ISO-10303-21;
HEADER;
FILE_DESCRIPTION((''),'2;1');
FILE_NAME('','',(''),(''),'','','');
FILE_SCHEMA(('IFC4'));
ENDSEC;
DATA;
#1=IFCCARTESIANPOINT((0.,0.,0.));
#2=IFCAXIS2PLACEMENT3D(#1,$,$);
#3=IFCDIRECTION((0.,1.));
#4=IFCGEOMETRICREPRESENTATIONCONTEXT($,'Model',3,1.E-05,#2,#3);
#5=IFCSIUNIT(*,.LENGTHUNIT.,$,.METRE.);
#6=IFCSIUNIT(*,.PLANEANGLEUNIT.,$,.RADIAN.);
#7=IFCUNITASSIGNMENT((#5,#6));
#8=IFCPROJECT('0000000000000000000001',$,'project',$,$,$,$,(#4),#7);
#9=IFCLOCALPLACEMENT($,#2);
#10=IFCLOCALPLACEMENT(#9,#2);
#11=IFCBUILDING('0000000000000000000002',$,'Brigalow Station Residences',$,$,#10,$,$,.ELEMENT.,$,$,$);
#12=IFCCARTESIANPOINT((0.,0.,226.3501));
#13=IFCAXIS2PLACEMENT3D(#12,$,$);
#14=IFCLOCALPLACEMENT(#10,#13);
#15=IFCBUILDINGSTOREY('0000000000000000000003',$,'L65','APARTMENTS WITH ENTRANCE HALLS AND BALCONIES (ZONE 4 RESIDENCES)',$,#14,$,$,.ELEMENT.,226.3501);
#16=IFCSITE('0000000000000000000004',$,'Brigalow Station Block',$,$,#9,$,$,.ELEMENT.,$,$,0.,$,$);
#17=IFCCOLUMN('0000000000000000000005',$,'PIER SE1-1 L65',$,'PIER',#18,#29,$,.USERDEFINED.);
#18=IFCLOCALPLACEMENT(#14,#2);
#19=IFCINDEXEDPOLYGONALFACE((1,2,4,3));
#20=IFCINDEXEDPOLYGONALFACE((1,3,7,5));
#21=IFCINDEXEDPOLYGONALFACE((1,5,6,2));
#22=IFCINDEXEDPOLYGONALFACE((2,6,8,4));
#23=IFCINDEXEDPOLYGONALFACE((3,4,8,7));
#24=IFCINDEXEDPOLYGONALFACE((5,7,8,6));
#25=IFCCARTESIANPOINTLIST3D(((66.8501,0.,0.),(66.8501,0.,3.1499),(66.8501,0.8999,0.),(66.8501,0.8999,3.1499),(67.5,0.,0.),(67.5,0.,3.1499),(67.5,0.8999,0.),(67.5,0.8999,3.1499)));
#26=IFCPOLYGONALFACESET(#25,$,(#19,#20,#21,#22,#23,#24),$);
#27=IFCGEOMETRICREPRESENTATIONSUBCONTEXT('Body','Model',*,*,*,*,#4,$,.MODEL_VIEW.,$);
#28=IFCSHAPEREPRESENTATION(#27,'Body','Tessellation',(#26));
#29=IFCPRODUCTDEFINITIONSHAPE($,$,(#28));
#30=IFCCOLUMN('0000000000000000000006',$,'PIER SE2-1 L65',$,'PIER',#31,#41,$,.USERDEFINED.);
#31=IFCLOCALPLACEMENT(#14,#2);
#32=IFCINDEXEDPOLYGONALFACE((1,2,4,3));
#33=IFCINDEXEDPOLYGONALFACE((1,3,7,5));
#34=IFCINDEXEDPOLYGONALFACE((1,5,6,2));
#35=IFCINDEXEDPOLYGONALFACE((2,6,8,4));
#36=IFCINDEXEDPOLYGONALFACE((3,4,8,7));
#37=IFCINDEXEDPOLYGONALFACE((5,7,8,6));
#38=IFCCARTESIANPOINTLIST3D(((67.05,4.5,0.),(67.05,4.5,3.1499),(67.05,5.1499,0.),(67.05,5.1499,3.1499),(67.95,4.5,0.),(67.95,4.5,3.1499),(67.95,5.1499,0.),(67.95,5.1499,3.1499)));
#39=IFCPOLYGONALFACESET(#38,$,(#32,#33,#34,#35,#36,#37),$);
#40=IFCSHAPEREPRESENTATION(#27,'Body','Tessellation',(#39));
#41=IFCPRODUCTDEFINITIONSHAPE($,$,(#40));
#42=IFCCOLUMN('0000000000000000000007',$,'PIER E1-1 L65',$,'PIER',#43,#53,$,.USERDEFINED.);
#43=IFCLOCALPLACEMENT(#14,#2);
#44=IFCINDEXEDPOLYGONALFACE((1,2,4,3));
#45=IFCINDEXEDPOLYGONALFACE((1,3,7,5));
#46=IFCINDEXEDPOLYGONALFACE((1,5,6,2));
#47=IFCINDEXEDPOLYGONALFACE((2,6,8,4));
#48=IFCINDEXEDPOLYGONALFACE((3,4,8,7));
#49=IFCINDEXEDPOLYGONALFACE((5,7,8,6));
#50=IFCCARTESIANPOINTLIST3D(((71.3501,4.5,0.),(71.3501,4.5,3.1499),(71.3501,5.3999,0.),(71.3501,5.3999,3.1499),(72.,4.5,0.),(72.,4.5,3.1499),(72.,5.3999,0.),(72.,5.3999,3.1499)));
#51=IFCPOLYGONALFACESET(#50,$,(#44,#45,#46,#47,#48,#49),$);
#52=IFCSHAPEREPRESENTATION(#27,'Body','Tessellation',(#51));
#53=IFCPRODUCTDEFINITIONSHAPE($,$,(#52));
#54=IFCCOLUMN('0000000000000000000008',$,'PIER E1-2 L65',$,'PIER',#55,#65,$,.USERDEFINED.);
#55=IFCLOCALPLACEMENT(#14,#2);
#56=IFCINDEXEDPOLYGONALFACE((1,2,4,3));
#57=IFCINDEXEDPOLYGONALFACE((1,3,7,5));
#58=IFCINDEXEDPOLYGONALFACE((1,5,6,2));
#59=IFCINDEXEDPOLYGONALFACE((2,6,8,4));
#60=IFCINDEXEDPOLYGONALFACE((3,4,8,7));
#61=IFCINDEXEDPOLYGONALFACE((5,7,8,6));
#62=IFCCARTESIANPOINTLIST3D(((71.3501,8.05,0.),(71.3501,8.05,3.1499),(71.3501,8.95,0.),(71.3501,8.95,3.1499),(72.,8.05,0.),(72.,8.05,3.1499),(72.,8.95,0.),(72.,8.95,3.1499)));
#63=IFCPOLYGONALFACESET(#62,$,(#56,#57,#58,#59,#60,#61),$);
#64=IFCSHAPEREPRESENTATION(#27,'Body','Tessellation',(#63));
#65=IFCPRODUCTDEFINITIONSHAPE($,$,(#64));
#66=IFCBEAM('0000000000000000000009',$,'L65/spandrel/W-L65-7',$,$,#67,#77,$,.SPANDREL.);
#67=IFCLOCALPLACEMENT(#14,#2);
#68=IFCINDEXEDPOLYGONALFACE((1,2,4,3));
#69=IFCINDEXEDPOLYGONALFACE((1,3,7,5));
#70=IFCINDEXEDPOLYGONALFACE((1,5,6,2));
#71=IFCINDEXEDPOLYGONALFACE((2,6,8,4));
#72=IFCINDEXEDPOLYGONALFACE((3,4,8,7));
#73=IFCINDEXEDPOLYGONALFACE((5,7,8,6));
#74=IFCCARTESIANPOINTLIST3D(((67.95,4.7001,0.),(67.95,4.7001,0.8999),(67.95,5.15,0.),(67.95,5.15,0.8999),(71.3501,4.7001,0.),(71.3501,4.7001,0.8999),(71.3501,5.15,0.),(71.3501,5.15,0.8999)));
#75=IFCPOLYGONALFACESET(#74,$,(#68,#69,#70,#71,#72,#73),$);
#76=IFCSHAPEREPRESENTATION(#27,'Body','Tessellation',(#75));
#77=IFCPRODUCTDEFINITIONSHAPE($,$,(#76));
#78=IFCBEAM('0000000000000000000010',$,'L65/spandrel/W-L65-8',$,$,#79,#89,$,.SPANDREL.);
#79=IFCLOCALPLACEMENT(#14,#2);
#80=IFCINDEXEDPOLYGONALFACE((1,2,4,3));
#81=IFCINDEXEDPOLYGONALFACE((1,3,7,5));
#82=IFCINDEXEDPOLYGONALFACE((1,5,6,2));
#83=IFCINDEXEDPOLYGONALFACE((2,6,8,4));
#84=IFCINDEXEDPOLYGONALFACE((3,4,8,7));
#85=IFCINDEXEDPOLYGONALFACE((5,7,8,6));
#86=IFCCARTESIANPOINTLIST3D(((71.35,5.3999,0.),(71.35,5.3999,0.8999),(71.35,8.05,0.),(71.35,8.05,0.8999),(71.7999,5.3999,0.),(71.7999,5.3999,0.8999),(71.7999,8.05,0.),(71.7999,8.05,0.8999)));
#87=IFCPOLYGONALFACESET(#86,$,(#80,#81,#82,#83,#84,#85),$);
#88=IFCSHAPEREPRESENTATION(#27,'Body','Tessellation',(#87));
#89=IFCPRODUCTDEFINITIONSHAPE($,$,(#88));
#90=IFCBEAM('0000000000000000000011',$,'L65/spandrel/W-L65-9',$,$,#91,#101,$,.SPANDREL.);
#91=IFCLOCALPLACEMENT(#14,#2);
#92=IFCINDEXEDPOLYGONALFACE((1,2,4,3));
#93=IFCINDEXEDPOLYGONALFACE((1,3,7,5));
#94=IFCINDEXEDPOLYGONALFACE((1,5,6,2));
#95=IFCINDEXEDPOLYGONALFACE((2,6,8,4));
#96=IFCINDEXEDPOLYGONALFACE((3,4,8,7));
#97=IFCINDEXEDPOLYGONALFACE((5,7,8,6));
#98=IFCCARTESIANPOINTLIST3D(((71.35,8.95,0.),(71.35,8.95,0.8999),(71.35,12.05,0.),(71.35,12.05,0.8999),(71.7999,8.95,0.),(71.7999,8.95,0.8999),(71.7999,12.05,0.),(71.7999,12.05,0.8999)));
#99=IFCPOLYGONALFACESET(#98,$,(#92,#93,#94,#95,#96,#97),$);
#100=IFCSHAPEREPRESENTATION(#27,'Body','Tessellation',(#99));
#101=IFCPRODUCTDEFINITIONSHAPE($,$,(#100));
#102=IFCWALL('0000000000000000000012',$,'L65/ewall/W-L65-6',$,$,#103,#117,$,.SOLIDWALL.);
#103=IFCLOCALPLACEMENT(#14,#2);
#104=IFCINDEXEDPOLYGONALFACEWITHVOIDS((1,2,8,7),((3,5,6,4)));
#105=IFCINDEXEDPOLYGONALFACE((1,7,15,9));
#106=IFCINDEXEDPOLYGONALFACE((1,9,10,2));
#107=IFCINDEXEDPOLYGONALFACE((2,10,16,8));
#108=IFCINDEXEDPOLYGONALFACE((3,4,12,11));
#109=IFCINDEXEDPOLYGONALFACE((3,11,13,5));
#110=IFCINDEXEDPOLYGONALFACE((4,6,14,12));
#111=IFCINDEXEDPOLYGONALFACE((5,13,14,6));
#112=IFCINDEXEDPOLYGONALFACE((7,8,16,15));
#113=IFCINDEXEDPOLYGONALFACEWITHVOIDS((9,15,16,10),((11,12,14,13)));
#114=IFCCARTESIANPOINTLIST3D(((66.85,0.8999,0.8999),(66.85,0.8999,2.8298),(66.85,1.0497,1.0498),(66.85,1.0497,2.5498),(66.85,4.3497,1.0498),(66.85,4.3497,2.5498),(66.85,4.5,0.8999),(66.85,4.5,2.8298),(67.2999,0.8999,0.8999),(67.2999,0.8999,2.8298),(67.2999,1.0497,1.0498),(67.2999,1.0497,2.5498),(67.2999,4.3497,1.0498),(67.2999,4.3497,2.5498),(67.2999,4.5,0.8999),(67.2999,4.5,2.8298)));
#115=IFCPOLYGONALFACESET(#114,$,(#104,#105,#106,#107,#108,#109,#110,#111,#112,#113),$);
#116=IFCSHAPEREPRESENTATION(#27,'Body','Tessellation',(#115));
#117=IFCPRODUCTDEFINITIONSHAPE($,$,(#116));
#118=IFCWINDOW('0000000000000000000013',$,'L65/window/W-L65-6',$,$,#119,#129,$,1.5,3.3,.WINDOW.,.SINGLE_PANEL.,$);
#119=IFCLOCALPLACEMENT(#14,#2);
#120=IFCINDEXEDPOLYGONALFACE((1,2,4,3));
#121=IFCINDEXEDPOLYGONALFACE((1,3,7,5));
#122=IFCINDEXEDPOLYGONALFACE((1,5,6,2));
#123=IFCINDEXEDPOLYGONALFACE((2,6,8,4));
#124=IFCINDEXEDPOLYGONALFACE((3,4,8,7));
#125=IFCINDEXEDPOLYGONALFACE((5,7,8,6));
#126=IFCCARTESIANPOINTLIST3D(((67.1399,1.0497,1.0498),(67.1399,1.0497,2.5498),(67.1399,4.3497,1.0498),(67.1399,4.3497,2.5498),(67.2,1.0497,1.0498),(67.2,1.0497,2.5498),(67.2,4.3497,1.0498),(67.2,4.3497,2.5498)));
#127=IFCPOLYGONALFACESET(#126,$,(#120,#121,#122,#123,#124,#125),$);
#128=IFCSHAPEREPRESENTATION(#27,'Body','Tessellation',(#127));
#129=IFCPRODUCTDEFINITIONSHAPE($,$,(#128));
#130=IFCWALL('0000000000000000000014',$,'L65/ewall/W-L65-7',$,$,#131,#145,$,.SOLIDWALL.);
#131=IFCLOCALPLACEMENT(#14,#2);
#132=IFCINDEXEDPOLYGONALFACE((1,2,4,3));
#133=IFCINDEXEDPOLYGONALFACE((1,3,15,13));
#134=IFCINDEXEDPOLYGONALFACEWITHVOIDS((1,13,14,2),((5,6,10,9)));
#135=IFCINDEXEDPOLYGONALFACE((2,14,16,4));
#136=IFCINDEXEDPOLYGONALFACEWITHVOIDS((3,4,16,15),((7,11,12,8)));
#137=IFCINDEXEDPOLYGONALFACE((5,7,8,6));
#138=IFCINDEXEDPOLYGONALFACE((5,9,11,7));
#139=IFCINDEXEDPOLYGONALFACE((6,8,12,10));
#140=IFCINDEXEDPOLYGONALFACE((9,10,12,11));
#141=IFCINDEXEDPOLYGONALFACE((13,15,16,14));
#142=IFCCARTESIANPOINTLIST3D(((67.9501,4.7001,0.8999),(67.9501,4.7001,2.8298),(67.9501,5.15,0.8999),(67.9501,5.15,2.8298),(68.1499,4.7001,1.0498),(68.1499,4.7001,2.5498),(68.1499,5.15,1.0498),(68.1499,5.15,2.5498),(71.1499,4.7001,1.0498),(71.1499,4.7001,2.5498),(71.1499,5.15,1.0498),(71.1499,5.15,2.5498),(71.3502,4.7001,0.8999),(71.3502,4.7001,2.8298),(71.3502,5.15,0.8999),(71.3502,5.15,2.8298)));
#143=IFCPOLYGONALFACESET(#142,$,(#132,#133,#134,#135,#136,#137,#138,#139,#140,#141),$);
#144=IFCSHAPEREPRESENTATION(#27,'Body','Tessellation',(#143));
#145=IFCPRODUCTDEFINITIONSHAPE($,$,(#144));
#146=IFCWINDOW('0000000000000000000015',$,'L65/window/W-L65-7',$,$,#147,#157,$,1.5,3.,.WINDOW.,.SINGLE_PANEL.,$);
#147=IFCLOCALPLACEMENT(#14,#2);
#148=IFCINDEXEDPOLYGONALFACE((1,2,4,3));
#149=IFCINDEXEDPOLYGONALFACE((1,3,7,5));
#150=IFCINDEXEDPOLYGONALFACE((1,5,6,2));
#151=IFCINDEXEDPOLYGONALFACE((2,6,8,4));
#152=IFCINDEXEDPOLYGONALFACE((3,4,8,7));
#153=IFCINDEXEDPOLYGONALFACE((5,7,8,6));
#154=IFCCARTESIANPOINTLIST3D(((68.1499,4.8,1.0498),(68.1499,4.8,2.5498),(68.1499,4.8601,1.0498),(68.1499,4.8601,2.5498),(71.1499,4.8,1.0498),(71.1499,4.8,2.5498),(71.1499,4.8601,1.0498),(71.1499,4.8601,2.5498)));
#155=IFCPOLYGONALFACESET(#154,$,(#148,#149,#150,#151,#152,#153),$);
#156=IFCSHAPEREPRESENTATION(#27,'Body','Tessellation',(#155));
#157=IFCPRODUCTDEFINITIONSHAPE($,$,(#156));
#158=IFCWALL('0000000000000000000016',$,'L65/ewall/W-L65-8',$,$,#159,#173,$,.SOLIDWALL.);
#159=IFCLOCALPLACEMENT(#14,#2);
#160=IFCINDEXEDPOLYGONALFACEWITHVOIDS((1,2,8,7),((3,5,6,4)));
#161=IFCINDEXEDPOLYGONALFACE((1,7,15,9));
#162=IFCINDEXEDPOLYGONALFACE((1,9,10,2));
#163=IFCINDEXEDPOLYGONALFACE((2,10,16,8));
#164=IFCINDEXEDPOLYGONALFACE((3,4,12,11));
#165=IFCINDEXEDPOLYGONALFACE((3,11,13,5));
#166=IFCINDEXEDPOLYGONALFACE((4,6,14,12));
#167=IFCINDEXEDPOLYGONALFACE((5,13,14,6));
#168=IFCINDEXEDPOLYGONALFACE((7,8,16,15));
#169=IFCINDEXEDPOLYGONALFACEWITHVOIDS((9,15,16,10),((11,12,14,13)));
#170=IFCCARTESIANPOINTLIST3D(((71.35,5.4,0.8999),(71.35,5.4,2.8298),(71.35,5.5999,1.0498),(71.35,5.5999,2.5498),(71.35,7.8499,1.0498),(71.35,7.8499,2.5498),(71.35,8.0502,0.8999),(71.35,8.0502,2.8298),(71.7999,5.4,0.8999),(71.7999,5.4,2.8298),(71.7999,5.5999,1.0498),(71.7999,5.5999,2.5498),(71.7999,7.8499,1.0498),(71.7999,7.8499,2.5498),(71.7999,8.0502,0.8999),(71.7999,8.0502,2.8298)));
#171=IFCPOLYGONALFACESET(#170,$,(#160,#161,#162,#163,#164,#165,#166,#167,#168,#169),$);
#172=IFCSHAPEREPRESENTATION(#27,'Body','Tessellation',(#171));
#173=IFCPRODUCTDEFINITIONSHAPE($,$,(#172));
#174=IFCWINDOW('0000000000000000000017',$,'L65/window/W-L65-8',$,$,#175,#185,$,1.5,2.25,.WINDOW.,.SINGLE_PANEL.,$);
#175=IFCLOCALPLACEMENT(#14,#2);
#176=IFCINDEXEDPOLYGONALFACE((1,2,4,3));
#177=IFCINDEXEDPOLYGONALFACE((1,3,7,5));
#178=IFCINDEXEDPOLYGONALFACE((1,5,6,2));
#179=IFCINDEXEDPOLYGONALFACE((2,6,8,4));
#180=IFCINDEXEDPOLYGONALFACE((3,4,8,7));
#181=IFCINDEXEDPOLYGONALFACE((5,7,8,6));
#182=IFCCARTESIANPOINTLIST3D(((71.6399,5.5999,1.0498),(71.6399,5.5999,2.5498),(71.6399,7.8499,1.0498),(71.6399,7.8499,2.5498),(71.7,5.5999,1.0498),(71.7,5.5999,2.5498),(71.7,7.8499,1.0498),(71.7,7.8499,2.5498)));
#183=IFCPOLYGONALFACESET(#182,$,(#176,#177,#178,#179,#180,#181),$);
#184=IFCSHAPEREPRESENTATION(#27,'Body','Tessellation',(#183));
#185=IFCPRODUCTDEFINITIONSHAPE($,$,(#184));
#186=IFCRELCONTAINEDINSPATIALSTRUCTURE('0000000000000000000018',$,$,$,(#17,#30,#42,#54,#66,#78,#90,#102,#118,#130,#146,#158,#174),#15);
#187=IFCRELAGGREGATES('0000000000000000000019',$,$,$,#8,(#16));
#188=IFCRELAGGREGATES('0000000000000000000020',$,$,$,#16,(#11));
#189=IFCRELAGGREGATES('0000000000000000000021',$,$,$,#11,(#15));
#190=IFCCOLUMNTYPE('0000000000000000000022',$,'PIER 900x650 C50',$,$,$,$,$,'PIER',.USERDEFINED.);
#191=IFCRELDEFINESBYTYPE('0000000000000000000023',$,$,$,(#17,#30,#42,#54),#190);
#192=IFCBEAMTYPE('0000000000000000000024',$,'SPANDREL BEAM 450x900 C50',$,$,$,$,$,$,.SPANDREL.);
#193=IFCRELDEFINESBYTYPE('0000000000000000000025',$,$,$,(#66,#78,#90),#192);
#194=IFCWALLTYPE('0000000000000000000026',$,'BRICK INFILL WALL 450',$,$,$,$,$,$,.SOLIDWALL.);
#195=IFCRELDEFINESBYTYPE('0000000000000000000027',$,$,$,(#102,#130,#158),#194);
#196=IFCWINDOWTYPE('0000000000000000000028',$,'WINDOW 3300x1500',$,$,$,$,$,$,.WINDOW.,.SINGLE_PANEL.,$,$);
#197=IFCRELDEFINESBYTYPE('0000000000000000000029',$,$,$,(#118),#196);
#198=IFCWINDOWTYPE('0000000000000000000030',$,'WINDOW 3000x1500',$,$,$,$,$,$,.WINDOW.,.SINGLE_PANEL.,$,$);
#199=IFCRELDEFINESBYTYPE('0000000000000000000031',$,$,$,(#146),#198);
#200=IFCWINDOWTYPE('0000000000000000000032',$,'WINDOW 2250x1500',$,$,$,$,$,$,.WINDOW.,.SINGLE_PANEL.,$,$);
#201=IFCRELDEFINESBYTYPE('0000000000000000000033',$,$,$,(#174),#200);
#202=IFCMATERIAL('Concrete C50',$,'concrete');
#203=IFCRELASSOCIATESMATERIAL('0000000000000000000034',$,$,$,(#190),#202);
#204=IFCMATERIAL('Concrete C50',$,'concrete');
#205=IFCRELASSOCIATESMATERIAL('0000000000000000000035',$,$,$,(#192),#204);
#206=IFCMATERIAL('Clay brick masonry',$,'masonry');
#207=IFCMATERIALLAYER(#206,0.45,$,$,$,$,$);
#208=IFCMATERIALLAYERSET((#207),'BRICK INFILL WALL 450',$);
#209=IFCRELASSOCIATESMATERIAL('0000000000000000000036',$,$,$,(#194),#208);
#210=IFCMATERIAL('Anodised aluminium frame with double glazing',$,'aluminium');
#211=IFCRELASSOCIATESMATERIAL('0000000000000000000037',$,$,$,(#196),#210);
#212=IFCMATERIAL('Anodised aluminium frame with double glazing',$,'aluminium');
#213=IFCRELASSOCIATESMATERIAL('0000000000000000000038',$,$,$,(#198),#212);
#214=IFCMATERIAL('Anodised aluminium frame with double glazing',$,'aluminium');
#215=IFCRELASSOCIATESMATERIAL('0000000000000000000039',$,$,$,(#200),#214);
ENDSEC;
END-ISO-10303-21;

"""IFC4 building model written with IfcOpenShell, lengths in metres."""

from ifc_helpers import new_model, si_unit, direction, frame, frame_2d, origin, origin_2d, place, context, subcontext, project, spatial, rectangle, extrude, material, layer, layer_set, material_profile, profile_set, type_object, element, fill, save


model = new_model("IFC4")

# Units and contexts
model_context = context("Model", 3, precision=1e-05, world=origin(), true_north=direction((0.0, 1.0)))
body_context = subcontext(model_context, "Body", "Model", "MODEL_VIEW")
ifc_project = project(units=[si_unit("LENGTHUNIT", "METRE"), si_unit("PLANEANGLEUNIT", "RADIAN")], contexts=[model_context])

# Site, building, storey
site_placement = place(None, origin())
site = spatial("IfcSite", under=ifc_project, at=site_placement, Name="Brigalow Station Block", CompositionType="ELEMENT", RefElevation=0.0)
building_placement = place(site_placement, origin())
building = spatial("IfcBuilding", under=site, at=building_placement, Name="Brigalow Station Residences", CompositionType="ELEMENT")
storey_placement = place(building_placement, frame((0.0, 0.0, 226.3501)))
storey = spatial("IfcBuildingStorey", under=building, at=storey_placement, Name="L65", Description="APARTMENTS WITH ENTRANCE HALLS AND BALCONIES (ZONE 4 RESIDENCES)", CompositionType="ELEMENT", Elevation=226.3501)

# Columns
ifc_material_1 = material(Name="Concrete C50", Category="concrete")
ifc_material_profile_1 = material_profile(ifc_material_1, rectangle(XDim=0.8999, YDim=0.6499, at=origin_2d()), Name="RC900x650")
ifc_profile_set_1 = profile_set([ifc_material_profile_1], Name="Concrete C50")
column_type = type_object("IfcColumnType", Name="PIER 900x650 C50", ElementType="PIER", PredefinedType="USERDEFINED", material=ifc_profile_set_1)
for number, where, z_axis, x_axis, name in (
    (1, (67.175, 0.45, 0.0), (0.0, 0.0, 1.0), (0.0, 1.0, 0.0), "PIER SE1-1 L65"),
    (2, (67.5, 4.825, 0.0), (0.0, 0.0, 1.0), (1.0, 0.0, 0.0), "PIER SE2-1 L65"),
    (3, (71.675, 4.95, 0.0), (0.0, 0.0, 1.0), (0.0, 1.0, 0.0), "PIER E1-1 L65"),
    (4, (71.675, 8.5, 0.0), (0.0, 0.0, 1.0), (0.0, 1.0, 0.0), "PIER E1-2 L65"),
):
    element("IfcColumn", number, at=place(storey_placement, frame(where, z_axis=z_axis, x_axis=x_axis)), inside=storey, type_object=column_type, Name=name, ObjectType="PIER", PredefinedType="USERDEFINED", context=body_context, shape_type="SweptSolid", body=[
        extrude(rectangle(XDim=0.8999, YDim=0.6499, at=origin_2d()), origin(), (0.0, 0.0, 1.0), 3.1499),
    ])

# Beams
ifc_material_2 = material(Name="Concrete C50", Category="concrete")
ifc_material_profile_2 = material_profile(ifc_material_2, rectangle(XDim=0.45, YDim=0.8999, at=origin_2d()), Name="RC450x900")
ifc_profile_set_2 = profile_set([ifc_material_profile_2], Name="Concrete C50")
beam_type = type_object("IfcBeamType", Name="SPANDREL BEAM 450x900 C50", PredefinedType="SPANDREL", material=ifc_profile_set_2)
beam_1_placement = place(storey_placement, frame((67.95, 4.925, 0.45), z_axis=(1.0, 0.0, 0.0), x_axis=(0.0, 1.0, 0.0)))
element("IfcBeam", 5, at=beam_1_placement, inside=storey, type_object=beam_type, Name="L65/spandrel/W-L65-7", PredefinedType="SPANDREL", context=body_context, shape_type="SweptSolid", body=[
    extrude(rectangle(XDim=0.45, YDim=0.8999, at=origin_2d()), origin(), (0.0, 0.0, 1.0), 3.4001),
])
beam_2_placement = place(storey_placement, frame((71.575, 5.3999, 0.45), z_axis=(0.0, 1.0, 0.0), x_axis=(-1.0, 0.0, 0.0)))
element("IfcBeam", 6, at=beam_2_placement, inside=storey, type_object=beam_type, Name="L65/spandrel/W-L65-8", PredefinedType="SPANDREL", context=body_context, shape_type="SweptSolid", body=[
    extrude(rectangle(XDim=0.45, YDim=0.8999, at=origin_2d()), origin(), (0.0, 0.0, 1.0), 2.6501),
])
beam_3_placement = place(storey_placement, frame((71.575, 8.95, 0.45), z_axis=(0.0, 1.0, 0.0), x_axis=(-1.0, 0.0, 0.0)))
element("IfcBeam", 7, at=beam_3_placement, inside=storey, type_object=beam_type, Name="L65/spandrel/W-L65-9", PredefinedType="SPANDREL", context=body_context, shape_type="SweptSolid", body=[
    extrude(rectangle(XDim=0.45, YDim=0.8999, at=origin_2d()), origin(), (0.0, 0.0, 1.0), 3.1001),
])

# Walls, openings, windows
ifc_material_3 = material(Name="Clay brick masonry", Category="masonry")
ifc_layer_1 = layer(ifc_material_3, 0.45)
ifc_layer_set_1 = layer_set([ifc_layer_1], Name="BRICK INFILL WALL 450")
wall_type_1 = type_object("IfcWallType", Name="BRICK INFILL WALL 450", PredefinedType="SOLIDWALL", material=ifc_layer_set_1)
wall_1_placement = place(storey_placement, frame((67.075, 0.8999, 0.8999), z_axis=(0.0, 0.0, 1.0), x_axis=(0.0, 1.0, 0.0)))
wall_1 = element("IfcWall", 8, at=wall_1_placement, inside=storey, type_object=wall_type_1, Name="L65/ewall/W-L65-6", PredefinedType="SOLIDWALL", context=body_context, shape_type="SweptSolid", body=[
    extrude(rectangle(XDim=3.6001, YDim=0.45, at=frame_2d((1.8, 0.0))), origin(), (0.0, 0.0, 1.0), 1.9299),
])
opening_1_placement = place(wall_1_placement, frame((0.1499, 0.0, 0.1499)))
opening_1 = element("IfcOpeningElement", 9, at=opening_1_placement, cuts=wall_1, PredefinedType="OPENING", context=body_context, shape_type="SweptSolid", body=[
    extrude(rectangle(XDim=3.3, YDim=1.5, at=frame_2d((1.6499, 0.75))), frame((0.0, 0.2349, 0.0), z_axis=(0.0, -1.0, 0.0), x_axis=(1.0, 0.0, 0.0)), (0.0, 0.0, 1.0), 0.47),
])
ifc_material_4 = material(Name="Anodised aluminium frame with double glazing", Category="aluminium")
window_type_1 = type_object("IfcWindowType", Name="WINDOW 3300x1500", PartitioningType="SINGLE_PANEL", PredefinedType="WINDOW", material=ifc_material_4)
window_1_placement = place(opening_1_placement, origin())
window_1 = element("IfcWindow", 10, at=window_1_placement, inside=storey, type_object=window_type_1, Name="L65/window/W-L65-6", OverallHeight=1.5, OverallWidth=3.3, PartitioningType="SINGLE_PANEL", PredefinedType="WINDOW", context=body_context, shape_type="SweptSolid", body=[
    extrude(rectangle(XDim=3.3, YDim=1.5, at=frame_2d((1.6499, 0.75))), frame((0.0, -0.0649, 0.0), z_axis=(0.0, -1.0, 0.0), x_axis=(1.0, 0.0, 0.0)), (0.0, 0.0, 1.0), 0.0601),
])
fill(opening_1, window_1)
wall_2_placement = place(storey_placement, frame((67.95, 4.925, 0.8999), z_axis=(0.0, 0.0, 1.0), x_axis=(1.0, 0.0, 0.0)))
wall_2 = element("IfcWall", 11, at=wall_2_placement, inside=storey, type_object=wall_type_1, Name="L65/ewall/W-L65-7", PredefinedType="SOLIDWALL", context=body_context, shape_type="SweptSolid", body=[
    extrude(rectangle(XDim=3.4001, YDim=0.45, at=frame_2d((1.7002, 0.0))), origin(), (0.0, 0.0, 1.0), 1.9299),
])
opening_2_placement = place(wall_2_placement, frame((0.2, 0.0, 0.1499)))
opening_2 = element("IfcOpeningElement", 12, at=opening_2_placement, cuts=wall_2, PredefinedType="OPENING", context=body_context, shape_type="SweptSolid", body=[
    extrude(rectangle(XDim=3.0, YDim=1.5, at=frame_2d((1.5, 0.75))), frame((0.0, 0.2349, 0.0), z_axis=(0.0, -1.0, 0.0), x_axis=(1.0, 0.0, 0.0)), (0.0, 0.0, 1.0), 0.47),
])
ifc_material_5 = material(Name="Anodised aluminium frame with double glazing", Category="aluminium")
window_type_2 = type_object("IfcWindowType", Name="WINDOW 3000x1500", PartitioningType="SINGLE_PANEL", PredefinedType="WINDOW", material=ifc_material_5)
window_2_placement = place(opening_2_placement, origin())
window_2 = element("IfcWindow", 13, at=window_2_placement, inside=storey, type_object=window_type_2, Name="L65/window/W-L65-7", OverallHeight=1.5, OverallWidth=3.0, PartitioningType="SINGLE_PANEL", PredefinedType="WINDOW", context=body_context, shape_type="SweptSolid", body=[
    extrude(rectangle(XDim=3.0, YDim=1.5, at=frame_2d((1.5, 0.75))), frame((0.0, -0.0649, 0.0), z_axis=(0.0, -1.0, 0.0), x_axis=(1.0, 0.0, 0.0)), (0.0, 0.0, 1.0), 0.0601),
])
fill(opening_2, window_2)
wall_3_placement = place(storey_placement, frame((71.575, 5.3999, 0.8999), z_axis=(0.0, 0.0, 1.0), x_axis=(0.0, 1.0, 0.0)))
wall_3 = element("IfcWall", 14, at=wall_3_placement, inside=storey, type_object=wall_type_1, Name="L65/ewall/W-L65-8", PredefinedType="SOLIDWALL", context=body_context, shape_type="SweptSolid", body=[
    extrude(rectangle(XDim=2.6501, YDim=0.45, at=frame_2d((1.3252, 0.0))), origin(), (0.0, 0.0, 1.0), 1.9299),
])
opening_3_placement = place(wall_3_placement, frame((0.2, 0.0, 0.1499)))
opening_3 = element("IfcOpeningElement", 15, at=opening_3_placement, cuts=wall_3, PredefinedType="OPENING", context=body_context, shape_type="SweptSolid", body=[
    extrude(rectangle(XDim=2.25, YDim=1.5, at=frame_2d((1.125, 0.75))), frame((0.0, 0.2349, 0.0), z_axis=(0.0, -1.0, 0.0), x_axis=(1.0, 0.0, 0.0)), (0.0, 0.0, 1.0), 0.47),
])
ifc_material_6 = material(Name="Anodised aluminium frame with double glazing", Category="aluminium")
window_type_3 = type_object("IfcWindowType", Name="WINDOW 2250x1500", PartitioningType="SINGLE_PANEL", PredefinedType="WINDOW", material=ifc_material_6)
window_3_placement = place(opening_3_placement, origin())
window_3 = element("IfcWindow", 16, at=window_3_placement, inside=storey, type_object=window_type_3, Name="L65/window/W-L65-8", OverallHeight=1.5, OverallWidth=2.25, PartitioningType="SINGLE_PANEL", PredefinedType="WINDOW", context=body_context, shape_type="SweptSolid", body=[
    extrude(rectangle(XDim=2.25, YDim=1.5, at=frame_2d((1.125, 0.75))), frame((0.0, -0.0649, 0.0), z_axis=(0.0, -1.0, 0.0), x_axis=(1.0, 0.0, 0.0)), (0.0, 0.0, 1.0), 0.0601),
])
fill(opening_3, window_3)

save(model, "model.ifc")
